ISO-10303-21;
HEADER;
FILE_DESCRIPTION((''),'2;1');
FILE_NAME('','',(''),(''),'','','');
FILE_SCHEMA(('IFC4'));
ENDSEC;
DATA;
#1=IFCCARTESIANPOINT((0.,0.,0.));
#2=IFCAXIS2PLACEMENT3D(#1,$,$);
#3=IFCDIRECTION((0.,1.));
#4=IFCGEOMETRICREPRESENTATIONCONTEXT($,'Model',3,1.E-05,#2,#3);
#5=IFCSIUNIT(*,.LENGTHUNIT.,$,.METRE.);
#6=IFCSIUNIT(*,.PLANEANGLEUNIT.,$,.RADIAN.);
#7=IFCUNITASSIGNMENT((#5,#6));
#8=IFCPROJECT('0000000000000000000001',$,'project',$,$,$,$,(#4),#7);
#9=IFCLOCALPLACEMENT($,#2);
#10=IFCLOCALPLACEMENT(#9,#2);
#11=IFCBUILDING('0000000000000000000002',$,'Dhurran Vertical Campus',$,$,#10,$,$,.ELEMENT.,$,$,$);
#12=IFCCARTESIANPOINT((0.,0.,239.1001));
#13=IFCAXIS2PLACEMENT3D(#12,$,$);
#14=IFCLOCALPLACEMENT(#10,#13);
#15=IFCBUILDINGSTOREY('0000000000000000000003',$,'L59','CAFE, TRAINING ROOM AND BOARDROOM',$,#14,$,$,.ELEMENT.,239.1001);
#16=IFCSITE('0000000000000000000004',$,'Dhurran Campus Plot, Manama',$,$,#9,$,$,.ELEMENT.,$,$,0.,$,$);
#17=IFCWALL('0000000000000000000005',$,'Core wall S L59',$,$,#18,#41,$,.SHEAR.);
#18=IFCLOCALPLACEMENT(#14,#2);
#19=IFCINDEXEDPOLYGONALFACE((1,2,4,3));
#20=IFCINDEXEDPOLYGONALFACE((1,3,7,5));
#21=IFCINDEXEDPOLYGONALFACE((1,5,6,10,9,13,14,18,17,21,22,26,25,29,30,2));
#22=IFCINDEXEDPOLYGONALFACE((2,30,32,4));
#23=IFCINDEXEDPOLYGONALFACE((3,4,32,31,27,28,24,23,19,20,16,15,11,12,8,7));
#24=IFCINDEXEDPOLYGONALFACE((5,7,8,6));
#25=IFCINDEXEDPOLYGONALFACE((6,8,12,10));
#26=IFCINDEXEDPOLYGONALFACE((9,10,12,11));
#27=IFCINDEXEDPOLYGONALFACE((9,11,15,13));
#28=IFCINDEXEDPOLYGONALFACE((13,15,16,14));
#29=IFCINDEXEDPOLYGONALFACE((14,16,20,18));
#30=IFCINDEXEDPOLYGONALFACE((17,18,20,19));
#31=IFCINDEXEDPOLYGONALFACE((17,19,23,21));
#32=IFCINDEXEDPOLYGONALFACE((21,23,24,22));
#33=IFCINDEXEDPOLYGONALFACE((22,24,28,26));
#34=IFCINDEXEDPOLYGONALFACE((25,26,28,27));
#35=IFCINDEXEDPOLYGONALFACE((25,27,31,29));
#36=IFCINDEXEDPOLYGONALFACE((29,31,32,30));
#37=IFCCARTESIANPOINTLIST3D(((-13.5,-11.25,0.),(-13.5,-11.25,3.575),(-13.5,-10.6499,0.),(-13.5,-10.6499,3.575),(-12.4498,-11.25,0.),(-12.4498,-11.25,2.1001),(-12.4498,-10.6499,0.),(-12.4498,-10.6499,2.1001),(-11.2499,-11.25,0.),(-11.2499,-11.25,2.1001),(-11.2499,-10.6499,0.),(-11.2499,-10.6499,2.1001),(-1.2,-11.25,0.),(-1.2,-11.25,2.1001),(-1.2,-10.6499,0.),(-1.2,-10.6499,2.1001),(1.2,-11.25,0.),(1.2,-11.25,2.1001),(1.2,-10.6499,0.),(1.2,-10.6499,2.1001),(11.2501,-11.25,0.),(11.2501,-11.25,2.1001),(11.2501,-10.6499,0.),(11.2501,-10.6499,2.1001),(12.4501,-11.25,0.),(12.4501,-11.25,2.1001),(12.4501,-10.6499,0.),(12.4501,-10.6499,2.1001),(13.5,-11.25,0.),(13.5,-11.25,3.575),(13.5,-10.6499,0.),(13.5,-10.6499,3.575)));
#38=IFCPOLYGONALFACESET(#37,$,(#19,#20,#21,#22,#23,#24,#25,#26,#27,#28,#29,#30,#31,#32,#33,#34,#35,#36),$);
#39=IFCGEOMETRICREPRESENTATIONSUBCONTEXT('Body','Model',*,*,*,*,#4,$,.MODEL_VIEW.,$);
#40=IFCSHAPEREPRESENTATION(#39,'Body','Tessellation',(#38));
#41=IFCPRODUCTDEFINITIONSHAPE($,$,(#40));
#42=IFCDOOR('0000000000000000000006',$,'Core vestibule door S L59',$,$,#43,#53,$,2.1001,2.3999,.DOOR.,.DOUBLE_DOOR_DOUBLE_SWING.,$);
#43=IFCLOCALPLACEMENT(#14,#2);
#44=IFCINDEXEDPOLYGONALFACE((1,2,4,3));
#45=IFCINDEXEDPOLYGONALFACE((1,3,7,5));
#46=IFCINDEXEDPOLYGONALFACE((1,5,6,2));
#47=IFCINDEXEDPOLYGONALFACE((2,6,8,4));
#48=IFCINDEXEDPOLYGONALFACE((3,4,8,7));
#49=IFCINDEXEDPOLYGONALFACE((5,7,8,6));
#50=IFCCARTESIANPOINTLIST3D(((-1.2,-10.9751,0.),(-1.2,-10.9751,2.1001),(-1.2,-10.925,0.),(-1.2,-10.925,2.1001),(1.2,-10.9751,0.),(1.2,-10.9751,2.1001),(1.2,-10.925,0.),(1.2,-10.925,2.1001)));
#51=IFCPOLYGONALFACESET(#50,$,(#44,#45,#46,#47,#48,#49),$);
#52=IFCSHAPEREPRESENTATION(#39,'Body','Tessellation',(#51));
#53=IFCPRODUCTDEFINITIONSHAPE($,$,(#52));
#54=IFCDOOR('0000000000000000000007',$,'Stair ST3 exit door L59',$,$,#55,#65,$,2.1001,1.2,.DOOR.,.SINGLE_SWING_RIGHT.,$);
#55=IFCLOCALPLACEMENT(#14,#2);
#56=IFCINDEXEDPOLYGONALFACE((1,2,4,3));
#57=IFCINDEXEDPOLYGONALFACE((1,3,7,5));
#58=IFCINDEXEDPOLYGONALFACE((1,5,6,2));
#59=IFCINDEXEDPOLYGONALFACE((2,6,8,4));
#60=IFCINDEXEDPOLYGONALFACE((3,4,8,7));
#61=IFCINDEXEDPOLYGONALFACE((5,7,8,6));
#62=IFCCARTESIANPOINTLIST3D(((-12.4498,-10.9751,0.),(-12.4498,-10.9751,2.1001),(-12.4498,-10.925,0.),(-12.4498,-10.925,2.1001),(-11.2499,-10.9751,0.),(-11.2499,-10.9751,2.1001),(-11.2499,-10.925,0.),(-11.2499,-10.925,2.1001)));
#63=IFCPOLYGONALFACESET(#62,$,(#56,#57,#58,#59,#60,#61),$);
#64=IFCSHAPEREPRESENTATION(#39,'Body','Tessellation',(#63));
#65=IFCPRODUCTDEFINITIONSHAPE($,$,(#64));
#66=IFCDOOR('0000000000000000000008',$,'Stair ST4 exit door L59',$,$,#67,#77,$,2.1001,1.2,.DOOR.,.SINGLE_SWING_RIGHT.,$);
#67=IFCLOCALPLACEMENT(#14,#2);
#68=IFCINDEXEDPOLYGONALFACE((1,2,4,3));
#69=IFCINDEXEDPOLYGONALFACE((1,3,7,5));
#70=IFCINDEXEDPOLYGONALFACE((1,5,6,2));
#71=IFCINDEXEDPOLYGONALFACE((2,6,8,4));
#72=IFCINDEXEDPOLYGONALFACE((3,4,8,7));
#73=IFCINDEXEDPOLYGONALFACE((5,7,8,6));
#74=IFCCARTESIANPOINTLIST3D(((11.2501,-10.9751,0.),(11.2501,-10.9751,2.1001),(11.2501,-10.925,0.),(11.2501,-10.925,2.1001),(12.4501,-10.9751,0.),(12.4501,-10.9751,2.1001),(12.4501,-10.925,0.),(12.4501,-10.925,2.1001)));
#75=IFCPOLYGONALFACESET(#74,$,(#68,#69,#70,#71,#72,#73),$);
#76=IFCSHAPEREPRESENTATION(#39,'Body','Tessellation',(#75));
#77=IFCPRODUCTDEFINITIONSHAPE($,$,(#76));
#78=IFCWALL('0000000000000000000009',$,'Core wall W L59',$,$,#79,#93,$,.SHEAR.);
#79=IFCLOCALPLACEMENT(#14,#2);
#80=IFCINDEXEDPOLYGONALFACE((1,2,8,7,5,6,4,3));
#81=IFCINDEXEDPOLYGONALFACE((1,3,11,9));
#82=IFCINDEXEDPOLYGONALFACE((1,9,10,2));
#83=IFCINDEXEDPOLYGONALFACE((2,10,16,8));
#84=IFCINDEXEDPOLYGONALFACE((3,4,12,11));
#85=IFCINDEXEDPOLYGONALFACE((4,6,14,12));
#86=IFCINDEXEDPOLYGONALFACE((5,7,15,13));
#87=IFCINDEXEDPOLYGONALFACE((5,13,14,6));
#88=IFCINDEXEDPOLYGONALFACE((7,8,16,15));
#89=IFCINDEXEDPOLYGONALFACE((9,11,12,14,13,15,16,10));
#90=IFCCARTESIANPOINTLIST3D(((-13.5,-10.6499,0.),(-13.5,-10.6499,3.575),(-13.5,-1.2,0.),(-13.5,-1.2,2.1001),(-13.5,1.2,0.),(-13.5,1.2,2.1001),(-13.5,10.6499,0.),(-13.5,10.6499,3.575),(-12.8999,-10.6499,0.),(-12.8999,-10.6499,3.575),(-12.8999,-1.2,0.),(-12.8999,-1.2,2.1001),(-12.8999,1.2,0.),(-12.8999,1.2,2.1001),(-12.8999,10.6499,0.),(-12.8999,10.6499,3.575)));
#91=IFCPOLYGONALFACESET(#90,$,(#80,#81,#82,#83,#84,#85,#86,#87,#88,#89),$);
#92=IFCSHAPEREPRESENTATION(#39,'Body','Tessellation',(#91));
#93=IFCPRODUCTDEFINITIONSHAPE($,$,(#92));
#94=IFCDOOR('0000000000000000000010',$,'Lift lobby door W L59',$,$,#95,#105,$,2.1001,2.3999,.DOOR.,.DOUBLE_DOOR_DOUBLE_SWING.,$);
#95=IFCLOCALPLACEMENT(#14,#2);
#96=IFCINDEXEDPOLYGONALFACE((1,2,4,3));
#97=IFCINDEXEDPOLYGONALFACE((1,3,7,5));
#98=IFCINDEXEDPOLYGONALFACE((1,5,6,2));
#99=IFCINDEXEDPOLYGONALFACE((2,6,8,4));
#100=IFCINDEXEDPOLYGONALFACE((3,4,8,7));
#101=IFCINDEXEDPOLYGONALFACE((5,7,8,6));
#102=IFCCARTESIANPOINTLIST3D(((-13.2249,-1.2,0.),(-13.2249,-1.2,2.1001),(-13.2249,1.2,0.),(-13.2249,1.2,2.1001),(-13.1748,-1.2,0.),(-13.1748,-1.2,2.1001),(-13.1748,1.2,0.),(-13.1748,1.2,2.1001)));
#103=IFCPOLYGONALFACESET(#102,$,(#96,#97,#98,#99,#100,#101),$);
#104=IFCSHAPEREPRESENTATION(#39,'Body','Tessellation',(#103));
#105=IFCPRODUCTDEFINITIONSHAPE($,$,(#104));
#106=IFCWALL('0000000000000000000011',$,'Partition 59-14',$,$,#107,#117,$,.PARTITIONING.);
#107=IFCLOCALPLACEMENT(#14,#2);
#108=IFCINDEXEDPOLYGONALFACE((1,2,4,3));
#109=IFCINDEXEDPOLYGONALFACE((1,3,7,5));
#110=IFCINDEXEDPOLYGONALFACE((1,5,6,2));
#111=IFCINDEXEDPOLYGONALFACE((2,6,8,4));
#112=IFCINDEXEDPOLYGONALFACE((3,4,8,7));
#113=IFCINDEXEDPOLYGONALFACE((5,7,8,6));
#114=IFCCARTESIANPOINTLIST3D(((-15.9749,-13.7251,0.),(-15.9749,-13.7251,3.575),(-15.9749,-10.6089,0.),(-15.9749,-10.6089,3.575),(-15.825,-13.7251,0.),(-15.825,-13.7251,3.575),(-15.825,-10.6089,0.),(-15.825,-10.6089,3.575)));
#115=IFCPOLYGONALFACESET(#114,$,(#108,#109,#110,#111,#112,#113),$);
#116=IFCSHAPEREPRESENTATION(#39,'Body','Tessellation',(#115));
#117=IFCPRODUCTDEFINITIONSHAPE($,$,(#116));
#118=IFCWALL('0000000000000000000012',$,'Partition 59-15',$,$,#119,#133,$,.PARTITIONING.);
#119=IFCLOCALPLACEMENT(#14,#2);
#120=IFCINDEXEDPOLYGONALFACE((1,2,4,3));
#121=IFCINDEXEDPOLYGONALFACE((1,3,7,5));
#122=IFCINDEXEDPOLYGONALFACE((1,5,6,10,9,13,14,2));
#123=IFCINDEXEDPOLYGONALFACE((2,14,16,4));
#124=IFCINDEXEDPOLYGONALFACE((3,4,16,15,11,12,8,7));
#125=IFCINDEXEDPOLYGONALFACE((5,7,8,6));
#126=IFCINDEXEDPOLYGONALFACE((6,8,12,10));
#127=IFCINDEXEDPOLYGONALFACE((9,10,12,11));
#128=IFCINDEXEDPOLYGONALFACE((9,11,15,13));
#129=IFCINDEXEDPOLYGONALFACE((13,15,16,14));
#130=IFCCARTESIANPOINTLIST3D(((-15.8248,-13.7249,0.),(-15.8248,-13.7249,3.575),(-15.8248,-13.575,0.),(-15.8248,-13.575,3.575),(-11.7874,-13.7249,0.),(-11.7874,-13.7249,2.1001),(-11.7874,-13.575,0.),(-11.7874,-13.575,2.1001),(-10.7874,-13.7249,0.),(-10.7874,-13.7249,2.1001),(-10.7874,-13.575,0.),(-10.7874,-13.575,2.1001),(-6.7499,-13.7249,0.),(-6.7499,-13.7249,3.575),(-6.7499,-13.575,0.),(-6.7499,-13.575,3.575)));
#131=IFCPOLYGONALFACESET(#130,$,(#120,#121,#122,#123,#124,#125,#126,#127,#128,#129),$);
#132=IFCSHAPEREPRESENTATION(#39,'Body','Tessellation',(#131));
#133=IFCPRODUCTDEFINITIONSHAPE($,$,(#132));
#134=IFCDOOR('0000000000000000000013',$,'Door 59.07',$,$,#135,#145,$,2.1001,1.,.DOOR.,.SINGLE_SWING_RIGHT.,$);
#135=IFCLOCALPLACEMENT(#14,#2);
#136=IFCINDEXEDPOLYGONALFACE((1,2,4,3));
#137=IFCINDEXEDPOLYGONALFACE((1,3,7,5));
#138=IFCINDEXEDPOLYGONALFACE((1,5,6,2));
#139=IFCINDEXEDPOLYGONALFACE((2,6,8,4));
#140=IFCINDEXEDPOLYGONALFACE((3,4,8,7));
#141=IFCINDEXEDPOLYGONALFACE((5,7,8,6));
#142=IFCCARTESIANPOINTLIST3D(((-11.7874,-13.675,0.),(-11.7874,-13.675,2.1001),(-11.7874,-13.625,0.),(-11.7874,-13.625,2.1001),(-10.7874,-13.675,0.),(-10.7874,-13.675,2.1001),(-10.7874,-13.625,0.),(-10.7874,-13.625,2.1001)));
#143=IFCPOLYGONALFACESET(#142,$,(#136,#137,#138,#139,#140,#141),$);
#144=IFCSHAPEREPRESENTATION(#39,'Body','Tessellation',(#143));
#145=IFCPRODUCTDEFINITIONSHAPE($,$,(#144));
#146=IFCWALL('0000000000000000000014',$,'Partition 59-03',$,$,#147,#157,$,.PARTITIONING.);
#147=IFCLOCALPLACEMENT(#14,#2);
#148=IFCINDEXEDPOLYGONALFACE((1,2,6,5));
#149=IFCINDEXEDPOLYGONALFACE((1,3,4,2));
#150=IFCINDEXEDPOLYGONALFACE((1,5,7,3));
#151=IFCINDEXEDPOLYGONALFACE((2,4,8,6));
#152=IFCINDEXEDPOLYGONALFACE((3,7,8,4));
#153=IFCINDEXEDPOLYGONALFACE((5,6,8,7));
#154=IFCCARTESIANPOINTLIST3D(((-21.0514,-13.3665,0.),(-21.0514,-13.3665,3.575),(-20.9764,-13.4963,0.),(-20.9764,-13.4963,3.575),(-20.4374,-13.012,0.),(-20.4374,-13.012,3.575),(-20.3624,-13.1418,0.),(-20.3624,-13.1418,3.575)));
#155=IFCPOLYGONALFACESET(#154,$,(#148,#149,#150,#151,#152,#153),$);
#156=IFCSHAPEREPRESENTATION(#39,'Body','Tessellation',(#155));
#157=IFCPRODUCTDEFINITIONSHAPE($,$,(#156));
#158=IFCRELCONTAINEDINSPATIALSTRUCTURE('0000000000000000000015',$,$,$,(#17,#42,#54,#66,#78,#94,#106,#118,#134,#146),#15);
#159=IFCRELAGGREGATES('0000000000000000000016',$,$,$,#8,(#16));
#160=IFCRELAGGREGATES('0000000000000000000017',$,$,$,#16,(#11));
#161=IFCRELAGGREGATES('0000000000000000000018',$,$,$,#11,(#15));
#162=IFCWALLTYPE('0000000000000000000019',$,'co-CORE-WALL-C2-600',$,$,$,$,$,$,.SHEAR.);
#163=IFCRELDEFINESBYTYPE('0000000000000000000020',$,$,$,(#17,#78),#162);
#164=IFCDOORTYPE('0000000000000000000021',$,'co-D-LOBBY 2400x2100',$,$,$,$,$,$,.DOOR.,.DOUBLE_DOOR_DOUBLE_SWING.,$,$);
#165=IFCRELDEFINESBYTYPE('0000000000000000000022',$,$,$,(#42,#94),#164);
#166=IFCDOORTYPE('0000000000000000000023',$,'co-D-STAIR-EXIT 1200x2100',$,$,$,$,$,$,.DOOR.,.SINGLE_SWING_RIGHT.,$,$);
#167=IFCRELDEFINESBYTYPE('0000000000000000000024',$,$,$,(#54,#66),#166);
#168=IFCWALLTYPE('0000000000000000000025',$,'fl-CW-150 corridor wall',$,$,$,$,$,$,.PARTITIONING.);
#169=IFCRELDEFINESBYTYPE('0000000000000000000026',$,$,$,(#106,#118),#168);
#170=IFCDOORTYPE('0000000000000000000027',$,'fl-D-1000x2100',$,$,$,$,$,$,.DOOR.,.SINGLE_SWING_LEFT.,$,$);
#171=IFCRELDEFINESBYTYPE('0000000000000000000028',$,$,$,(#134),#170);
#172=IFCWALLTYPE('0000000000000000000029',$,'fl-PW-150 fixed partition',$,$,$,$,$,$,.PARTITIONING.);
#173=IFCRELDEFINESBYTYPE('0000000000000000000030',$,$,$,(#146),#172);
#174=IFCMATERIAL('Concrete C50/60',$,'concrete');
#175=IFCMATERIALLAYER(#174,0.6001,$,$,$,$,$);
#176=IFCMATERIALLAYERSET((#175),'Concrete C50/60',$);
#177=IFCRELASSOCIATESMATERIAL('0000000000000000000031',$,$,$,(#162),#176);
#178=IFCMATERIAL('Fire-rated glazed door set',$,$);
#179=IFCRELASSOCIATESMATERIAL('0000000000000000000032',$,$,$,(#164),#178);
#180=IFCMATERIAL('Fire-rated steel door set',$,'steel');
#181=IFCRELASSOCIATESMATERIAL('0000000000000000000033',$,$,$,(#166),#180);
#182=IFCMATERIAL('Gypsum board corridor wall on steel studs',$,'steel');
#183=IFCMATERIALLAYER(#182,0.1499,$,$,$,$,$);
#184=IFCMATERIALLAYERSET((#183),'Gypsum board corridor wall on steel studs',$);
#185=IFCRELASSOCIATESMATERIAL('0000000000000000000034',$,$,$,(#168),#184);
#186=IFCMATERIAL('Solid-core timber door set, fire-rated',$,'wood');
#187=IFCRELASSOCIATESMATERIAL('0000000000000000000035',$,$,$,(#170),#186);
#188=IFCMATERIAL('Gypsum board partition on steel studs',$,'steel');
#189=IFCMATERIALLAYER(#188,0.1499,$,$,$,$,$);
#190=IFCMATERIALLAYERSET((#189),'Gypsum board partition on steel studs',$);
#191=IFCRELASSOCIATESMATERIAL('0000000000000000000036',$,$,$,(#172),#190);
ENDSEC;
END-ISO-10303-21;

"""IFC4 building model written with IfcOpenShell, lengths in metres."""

from ifc_helpers import new_model, si_unit, direction, frame, frame_2d, origin, place, context, subcontext, project, spatial, rectangle, extrude, material, layer, layer_set, type_object, element, fill, save


model = new_model("IFC4")

# Units and contexts
model_context = context("Model", 3, precision=1e-05, world=origin(), true_north=direction((0.0, 1.0)))
body_context = subcontext(model_context, "Body", "Model", "MODEL_VIEW")
ifc_project = project(units=[si_unit("LENGTHUNIT", "METRE"), si_unit("PLANEANGLEUNIT", "RADIAN")], contexts=[model_context])

# Site, building, storey
site_placement = place(None, origin())
site = spatial("IfcSite", under=ifc_project, at=site_placement, Name="Dhurran Campus Plot, Manama", CompositionType="ELEMENT", RefElevation=0.0)
building_placement = place(site_placement, origin())
building = spatial("IfcBuilding", under=site, at=building_placement, Name="Dhurran Vertical Campus", CompositionType="ELEMENT")
storey_placement = place(building_placement, frame((0.0, 0.0, 239.1001)))
storey = spatial("IfcBuildingStorey", under=building, at=storey_placement, Name="L59", Description="CAFE, TRAINING ROOM AND BOARDROOM", CompositionType="ELEMENT", Elevation=239.1001)

# Wall, openings, doors
ifc_material_1 = material(Name="Concrete C50/60", Category="concrete")
ifc_layer_1 = layer(ifc_material_1, 0.6001)
ifc_layer_set_1 = layer_set([ifc_layer_1], Name="Concrete C50/60")
wall_type_1 = type_object("IfcWallType", Name="co-CORE-WALL-C2-600", PredefinedType="SHEAR", material=ifc_layer_set_1)
wall_1_placement = place(storey_placement, frame((-13.5, -10.95, 0.0), z_axis=(0.0, 0.0, 1.0), x_axis=(1.0, 0.0, 0.0)))
wall_1 = element("IfcWall", 1, at=wall_1_placement, inside=storey, type_object=wall_type_1, Name="Core wall S L59", PredefinedType="SHEAR", context=body_context, shape_type="SweptSolid", body=[
    extrude(rectangle(XDim=27.0, YDim=0.6001, at=frame_2d((13.5, 0.0))), origin(), (0.0, 0.0, 1.0), 3.575),
])
opening_1_placement = place(wall_1_placement, frame((12.3, 0.0, 0.0)))
opening_1 = element("IfcOpeningElement", 2, at=opening_1_placement, cuts=wall_1, PredefinedType="OPENING", context=body_context, shape_type="SweptSolid", body=[
    extrude(rectangle(XDim=2.3999, YDim=2.1001, at=frame_2d((1.2, 1.05))), frame((0.0, 0.3101, 0.0), z_axis=(0.0, -1.0, 0.0), x_axis=(1.0, 0.0, 0.0)), (0.0, 0.0, 1.0), 0.6201),
])
opening_2_placement = place(wall_1_placement, frame((1.05, 0.0, 0.0)))
opening_2 = element("IfcOpeningElement", 3, at=opening_2_placement, cuts=wall_1, PredefinedType="OPENING", context=body_context, shape_type="SweptSolid", body=[
    extrude(rectangle(XDim=1.2, YDim=2.1001, at=frame_2d((0.6001, 1.05))), frame((0.0, 0.3101, 0.0), z_axis=(0.0, -1.0, 0.0), x_axis=(1.0, 0.0, 0.0)), (0.0, 0.0, 1.0), 0.6201),
])
opening_3_placement = place(wall_1_placement, frame((24.75, 0.0, 0.0)))
opening_3 = element("IfcOpeningElement", 4, at=opening_3_placement, cuts=wall_1, PredefinedType="OPENING", context=body_context, shape_type="SweptSolid", body=[
    extrude(rectangle(XDim=1.2, YDim=2.1001, at=frame_2d((0.6001, 1.05))), frame((0.0, 0.3101, 0.0), z_axis=(0.0, -1.0, 0.0), x_axis=(1.0, 0.0, 0.0)), (0.0, 0.0, 1.0), 0.6201),
])
ifc_material_2 = material(Name="Fire-rated glazed door set")
door_type_1 = type_object("IfcDoorType", Name="co-D-LOBBY 2400x2100", OperationType="DOUBLE_DOOR_DOUBLE_SWING", PredefinedType="DOOR", material=ifc_material_2)
door_1_placement = place(opening_1_placement, origin())
door_1 = element("IfcDoor", 5, at=door_1_placement, inside=storey, type_object=door_type_1, Name="Core vestibule door S L59", OperationType="DOUBLE_DOOR_DOUBLE_SWING", OverallHeight=2.1001, OverallWidth=2.3999, PredefinedType="DOOR", context=body_context, shape_type="SweptSolid", body=[
    extrude(rectangle(XDim=2.3999, YDim=2.1001, at=frame_2d((1.2, 1.05))), frame((0.0, 0.0249, 0.0), z_axis=(0.0, -1.0, 0.0), x_axis=(1.0, 0.0, 0.0)), (0.0, 0.0, 1.0), 0.05),
])
fill(opening_1, door_1)
ifc_material_3 = material(Name="Fire-rated steel door set", Category="steel")
door_type_2 = type_object("IfcDoorType", Name="co-D-STAIR-EXIT 1200x2100", OperationType="SINGLE_SWING_RIGHT", PredefinedType="DOOR", material=ifc_material_3)
door_2_placement = place(opening_2_placement, origin())
door_2 = element("IfcDoor", 6, at=door_2_placement, inside=storey, type_object=door_type_2, Name="Stair ST3 exit door L59", OperationType="SINGLE_SWING_RIGHT", OverallHeight=2.1001, OverallWidth=1.2, PredefinedType="DOOR", context=body_context, shape_type="SweptSolid", body=[
    extrude(rectangle(XDim=1.2, YDim=2.1001, at=frame_2d((0.6001, 1.05))), frame((0.0, 0.0249, 0.0), z_axis=(0.0, -1.0, 0.0), x_axis=(1.0, 0.0, 0.0)), (0.0, 0.0, 1.0), 0.05),
])
fill(opening_2, door_2)
door_3_placement = place(opening_3_placement, origin())
door_3 = element("IfcDoor", 7, at=door_3_placement, inside=storey, type_object=door_type_2, Name="Stair ST4 exit door L59", OperationType="SINGLE_SWING_RIGHT", OverallHeight=2.1001, OverallWidth=1.2, PredefinedType="DOOR", context=body_context, shape_type="SweptSolid", body=[
    extrude(rectangle(XDim=1.2, YDim=2.1001, at=frame_2d((0.6001, 1.05))), frame((0.0, 0.0249, 0.0), z_axis=(0.0, -1.0, 0.0), x_axis=(1.0, 0.0, 0.0)), (0.0, 0.0, 1.0), 0.05),
])
fill(opening_3, door_3)

# Wall, opening, door
wall_2_placement = place(storey_placement, frame((-13.2, -10.6499, 0.0), z_axis=(0.0, 0.0, 1.0), x_axis=(0.0, 1.0, 0.0)))
wall_2 = element("IfcWall", 8, at=wall_2_placement, inside=storey, type_object=wall_type_1, Name="Core wall W L59", PredefinedType="SHEAR", context=body_context, shape_type="SweptSolid", body=[
    extrude(rectangle(XDim=21.2998, YDim=0.6001, at=frame_2d((10.6499, 0.0))), origin(), (0.0, 0.0, 1.0), 3.575),
])
opening_4_placement = place(wall_2_placement, frame((9.45, 0.0, 0.0)))
opening_4 = element("IfcOpeningElement", 9, at=opening_4_placement, cuts=wall_2, PredefinedType="OPENING", context=body_context, shape_type="SweptSolid", body=[
    extrude(rectangle(XDim=2.3999, YDim=2.1001, at=frame_2d((1.2, 1.05))), frame((0.0, 0.3101, 0.0), z_axis=(0.0, -1.0, 0.0), x_axis=(1.0, 0.0, 0.0)), (0.0, 0.0, 1.0), 0.6201),
])
door_4_placement = place(opening_4_placement, origin())
door_4 = element("IfcDoor", 10, at=door_4_placement, inside=storey, type_object=door_type_1, Name="Lift lobby door W L59", OperationType="DOUBLE_DOOR_DOUBLE_SWING", OverallHeight=2.1001, OverallWidth=2.3999, PredefinedType="DOOR", context=body_context, shape_type="SweptSolid", body=[
    extrude(rectangle(XDim=2.3999, YDim=2.1001, at=frame_2d((1.2, 1.05))), frame((0.0, 0.0249, 0.0), z_axis=(0.0, -1.0, 0.0), x_axis=(1.0, 0.0, 0.0)), (0.0, 0.0, 1.0), 0.05),
])
fill(opening_4, door_4)

# Wall
ifc_material_4 = material(Name="Gypsum board corridor wall on steel studs", Category="steel")
ifc_layer_2 = layer(ifc_material_4, 0.1499)
ifc_layer_set_2 = layer_set([ifc_layer_2], Name="Gypsum board corridor wall on steel studs")
wall_type_2 = type_object("IfcWallType", Name="fl-CW-150 corridor wall", PredefinedType="PARTITIONING", material=ifc_layer_set_2)
wall_3_placement = place(storey_placement, frame((-15.8999, -10.6089, 0.0), z_axis=(0.0, 0.0, 1.0), x_axis=(0.0, -1.0, 0.0)))
element("IfcWall", 11, at=wall_3_placement, inside=storey, type_object=wall_type_2, Name="Partition 59-14", PredefinedType="PARTITIONING", context=body_context, shape_type="SweptSolid", body=[
    extrude(rectangle(XDim=3.1162, YDim=0.1499, at=frame_2d((1.5581, 0.0))), origin(), (0.0, 0.0, 1.0), 3.575),
])

# Wall, opening, door
wall_4_placement = place(storey_placement, frame((-15.825, -13.6499, 0.0), z_axis=(0.0, 0.0, 1.0), x_axis=(1.0, 0.0, 0.0)))
wall_4 = element("IfcWall", 12, at=wall_4_placement, inside=storey, type_object=wall_type_2, Name="Partition 59-15", PredefinedType="PARTITIONING", context=body_context, shape_type="SweptSolid", body=[
    extrude(rectangle(XDim=9.075, YDim=0.1499, at=frame_2d((4.5376, 0.0))), origin(), (0.0, 0.0, 1.0), 3.575),
])
opening_5_placement = place(wall_4_placement, frame((4.0376, 0.0, 0.0)))
opening_5 = element("IfcOpeningElement", 13, at=opening_5_placement, cuts=wall_4, PredefinedType="OPENING", context=body_context, shape_type="SweptSolid", body=[
    extrude(rectangle(XDim=1.0, YDim=2.1001, at=frame_2d((0.5, 1.05))), frame((0.0, 0.085, 0.0), z_axis=(0.0, -1.0, 0.0), x_axis=(1.0, 0.0, 0.0)), (0.0, 0.0, 1.0), 0.1699),
])
ifc_material_5 = material(Name="Solid-core timber door set, fire-rated", Category="wood")
door_type_3 = type_object("IfcDoorType", Name="fl-D-1000x2100", OperationType="SINGLE_SWING_LEFT", PredefinedType="DOOR", material=ifc_material_5)
door_5_placement = place(opening_5_placement, origin())
door_5 = element("IfcDoor", 14, at=door_5_placement, inside=storey, type_object=door_type_3, Name="Door 59.07", OperationType="SINGLE_SWING_RIGHT", OverallHeight=2.1001, OverallWidth=1.0, PredefinedType="DOOR", context=body_context, shape_type="SweptSolid", body=[
    extrude(rectangle(XDim=1.0, YDim=2.1001, at=frame_2d((0.5, 1.05))), frame((0.0, 0.0249, 0.0), z_axis=(0.0, -1.0, 0.0), x_axis=(1.0, 0.0, 0.0)), (0.0, 0.0, 1.0), 0.05),
])
fill(opening_5, door_5)

# Wall
ifc_material_6 = material(Name="Gypsum board partition on steel studs", Category="steel")
ifc_layer_3 = layer(ifc_material_6, 0.1499)
ifc_layer_set_3 = layer_set([ifc_layer_3], Name="Gypsum board partition on steel studs")
wall_type_3 = type_object("IfcWallType", Name="fl-PW-150 fixed partition", PredefinedType="PARTITIONING", material=ifc_layer_set_3)
wall_5_placement = place(storey_placement, frame((-20.3999, -13.0769, 0.0), z_axis=(0.0, 0.0, 1.0), x_axis=(-0.866031, -0.499991, 0.0)))
element("IfcWall", 15, at=wall_5_placement, inside=storey, type_object=wall_type_3, Name="Partition 59-03", PredefinedType="PARTITIONING", context=body_context, shape_type="SweptSolid", body=[
    extrude(rectangle(XDim=0.709, YDim=0.1499, at=frame_2d((0.3545, 0.0))), origin(), (0.0, 0.0, 1.0), 3.575),
])

save(model, "model.ifc")
